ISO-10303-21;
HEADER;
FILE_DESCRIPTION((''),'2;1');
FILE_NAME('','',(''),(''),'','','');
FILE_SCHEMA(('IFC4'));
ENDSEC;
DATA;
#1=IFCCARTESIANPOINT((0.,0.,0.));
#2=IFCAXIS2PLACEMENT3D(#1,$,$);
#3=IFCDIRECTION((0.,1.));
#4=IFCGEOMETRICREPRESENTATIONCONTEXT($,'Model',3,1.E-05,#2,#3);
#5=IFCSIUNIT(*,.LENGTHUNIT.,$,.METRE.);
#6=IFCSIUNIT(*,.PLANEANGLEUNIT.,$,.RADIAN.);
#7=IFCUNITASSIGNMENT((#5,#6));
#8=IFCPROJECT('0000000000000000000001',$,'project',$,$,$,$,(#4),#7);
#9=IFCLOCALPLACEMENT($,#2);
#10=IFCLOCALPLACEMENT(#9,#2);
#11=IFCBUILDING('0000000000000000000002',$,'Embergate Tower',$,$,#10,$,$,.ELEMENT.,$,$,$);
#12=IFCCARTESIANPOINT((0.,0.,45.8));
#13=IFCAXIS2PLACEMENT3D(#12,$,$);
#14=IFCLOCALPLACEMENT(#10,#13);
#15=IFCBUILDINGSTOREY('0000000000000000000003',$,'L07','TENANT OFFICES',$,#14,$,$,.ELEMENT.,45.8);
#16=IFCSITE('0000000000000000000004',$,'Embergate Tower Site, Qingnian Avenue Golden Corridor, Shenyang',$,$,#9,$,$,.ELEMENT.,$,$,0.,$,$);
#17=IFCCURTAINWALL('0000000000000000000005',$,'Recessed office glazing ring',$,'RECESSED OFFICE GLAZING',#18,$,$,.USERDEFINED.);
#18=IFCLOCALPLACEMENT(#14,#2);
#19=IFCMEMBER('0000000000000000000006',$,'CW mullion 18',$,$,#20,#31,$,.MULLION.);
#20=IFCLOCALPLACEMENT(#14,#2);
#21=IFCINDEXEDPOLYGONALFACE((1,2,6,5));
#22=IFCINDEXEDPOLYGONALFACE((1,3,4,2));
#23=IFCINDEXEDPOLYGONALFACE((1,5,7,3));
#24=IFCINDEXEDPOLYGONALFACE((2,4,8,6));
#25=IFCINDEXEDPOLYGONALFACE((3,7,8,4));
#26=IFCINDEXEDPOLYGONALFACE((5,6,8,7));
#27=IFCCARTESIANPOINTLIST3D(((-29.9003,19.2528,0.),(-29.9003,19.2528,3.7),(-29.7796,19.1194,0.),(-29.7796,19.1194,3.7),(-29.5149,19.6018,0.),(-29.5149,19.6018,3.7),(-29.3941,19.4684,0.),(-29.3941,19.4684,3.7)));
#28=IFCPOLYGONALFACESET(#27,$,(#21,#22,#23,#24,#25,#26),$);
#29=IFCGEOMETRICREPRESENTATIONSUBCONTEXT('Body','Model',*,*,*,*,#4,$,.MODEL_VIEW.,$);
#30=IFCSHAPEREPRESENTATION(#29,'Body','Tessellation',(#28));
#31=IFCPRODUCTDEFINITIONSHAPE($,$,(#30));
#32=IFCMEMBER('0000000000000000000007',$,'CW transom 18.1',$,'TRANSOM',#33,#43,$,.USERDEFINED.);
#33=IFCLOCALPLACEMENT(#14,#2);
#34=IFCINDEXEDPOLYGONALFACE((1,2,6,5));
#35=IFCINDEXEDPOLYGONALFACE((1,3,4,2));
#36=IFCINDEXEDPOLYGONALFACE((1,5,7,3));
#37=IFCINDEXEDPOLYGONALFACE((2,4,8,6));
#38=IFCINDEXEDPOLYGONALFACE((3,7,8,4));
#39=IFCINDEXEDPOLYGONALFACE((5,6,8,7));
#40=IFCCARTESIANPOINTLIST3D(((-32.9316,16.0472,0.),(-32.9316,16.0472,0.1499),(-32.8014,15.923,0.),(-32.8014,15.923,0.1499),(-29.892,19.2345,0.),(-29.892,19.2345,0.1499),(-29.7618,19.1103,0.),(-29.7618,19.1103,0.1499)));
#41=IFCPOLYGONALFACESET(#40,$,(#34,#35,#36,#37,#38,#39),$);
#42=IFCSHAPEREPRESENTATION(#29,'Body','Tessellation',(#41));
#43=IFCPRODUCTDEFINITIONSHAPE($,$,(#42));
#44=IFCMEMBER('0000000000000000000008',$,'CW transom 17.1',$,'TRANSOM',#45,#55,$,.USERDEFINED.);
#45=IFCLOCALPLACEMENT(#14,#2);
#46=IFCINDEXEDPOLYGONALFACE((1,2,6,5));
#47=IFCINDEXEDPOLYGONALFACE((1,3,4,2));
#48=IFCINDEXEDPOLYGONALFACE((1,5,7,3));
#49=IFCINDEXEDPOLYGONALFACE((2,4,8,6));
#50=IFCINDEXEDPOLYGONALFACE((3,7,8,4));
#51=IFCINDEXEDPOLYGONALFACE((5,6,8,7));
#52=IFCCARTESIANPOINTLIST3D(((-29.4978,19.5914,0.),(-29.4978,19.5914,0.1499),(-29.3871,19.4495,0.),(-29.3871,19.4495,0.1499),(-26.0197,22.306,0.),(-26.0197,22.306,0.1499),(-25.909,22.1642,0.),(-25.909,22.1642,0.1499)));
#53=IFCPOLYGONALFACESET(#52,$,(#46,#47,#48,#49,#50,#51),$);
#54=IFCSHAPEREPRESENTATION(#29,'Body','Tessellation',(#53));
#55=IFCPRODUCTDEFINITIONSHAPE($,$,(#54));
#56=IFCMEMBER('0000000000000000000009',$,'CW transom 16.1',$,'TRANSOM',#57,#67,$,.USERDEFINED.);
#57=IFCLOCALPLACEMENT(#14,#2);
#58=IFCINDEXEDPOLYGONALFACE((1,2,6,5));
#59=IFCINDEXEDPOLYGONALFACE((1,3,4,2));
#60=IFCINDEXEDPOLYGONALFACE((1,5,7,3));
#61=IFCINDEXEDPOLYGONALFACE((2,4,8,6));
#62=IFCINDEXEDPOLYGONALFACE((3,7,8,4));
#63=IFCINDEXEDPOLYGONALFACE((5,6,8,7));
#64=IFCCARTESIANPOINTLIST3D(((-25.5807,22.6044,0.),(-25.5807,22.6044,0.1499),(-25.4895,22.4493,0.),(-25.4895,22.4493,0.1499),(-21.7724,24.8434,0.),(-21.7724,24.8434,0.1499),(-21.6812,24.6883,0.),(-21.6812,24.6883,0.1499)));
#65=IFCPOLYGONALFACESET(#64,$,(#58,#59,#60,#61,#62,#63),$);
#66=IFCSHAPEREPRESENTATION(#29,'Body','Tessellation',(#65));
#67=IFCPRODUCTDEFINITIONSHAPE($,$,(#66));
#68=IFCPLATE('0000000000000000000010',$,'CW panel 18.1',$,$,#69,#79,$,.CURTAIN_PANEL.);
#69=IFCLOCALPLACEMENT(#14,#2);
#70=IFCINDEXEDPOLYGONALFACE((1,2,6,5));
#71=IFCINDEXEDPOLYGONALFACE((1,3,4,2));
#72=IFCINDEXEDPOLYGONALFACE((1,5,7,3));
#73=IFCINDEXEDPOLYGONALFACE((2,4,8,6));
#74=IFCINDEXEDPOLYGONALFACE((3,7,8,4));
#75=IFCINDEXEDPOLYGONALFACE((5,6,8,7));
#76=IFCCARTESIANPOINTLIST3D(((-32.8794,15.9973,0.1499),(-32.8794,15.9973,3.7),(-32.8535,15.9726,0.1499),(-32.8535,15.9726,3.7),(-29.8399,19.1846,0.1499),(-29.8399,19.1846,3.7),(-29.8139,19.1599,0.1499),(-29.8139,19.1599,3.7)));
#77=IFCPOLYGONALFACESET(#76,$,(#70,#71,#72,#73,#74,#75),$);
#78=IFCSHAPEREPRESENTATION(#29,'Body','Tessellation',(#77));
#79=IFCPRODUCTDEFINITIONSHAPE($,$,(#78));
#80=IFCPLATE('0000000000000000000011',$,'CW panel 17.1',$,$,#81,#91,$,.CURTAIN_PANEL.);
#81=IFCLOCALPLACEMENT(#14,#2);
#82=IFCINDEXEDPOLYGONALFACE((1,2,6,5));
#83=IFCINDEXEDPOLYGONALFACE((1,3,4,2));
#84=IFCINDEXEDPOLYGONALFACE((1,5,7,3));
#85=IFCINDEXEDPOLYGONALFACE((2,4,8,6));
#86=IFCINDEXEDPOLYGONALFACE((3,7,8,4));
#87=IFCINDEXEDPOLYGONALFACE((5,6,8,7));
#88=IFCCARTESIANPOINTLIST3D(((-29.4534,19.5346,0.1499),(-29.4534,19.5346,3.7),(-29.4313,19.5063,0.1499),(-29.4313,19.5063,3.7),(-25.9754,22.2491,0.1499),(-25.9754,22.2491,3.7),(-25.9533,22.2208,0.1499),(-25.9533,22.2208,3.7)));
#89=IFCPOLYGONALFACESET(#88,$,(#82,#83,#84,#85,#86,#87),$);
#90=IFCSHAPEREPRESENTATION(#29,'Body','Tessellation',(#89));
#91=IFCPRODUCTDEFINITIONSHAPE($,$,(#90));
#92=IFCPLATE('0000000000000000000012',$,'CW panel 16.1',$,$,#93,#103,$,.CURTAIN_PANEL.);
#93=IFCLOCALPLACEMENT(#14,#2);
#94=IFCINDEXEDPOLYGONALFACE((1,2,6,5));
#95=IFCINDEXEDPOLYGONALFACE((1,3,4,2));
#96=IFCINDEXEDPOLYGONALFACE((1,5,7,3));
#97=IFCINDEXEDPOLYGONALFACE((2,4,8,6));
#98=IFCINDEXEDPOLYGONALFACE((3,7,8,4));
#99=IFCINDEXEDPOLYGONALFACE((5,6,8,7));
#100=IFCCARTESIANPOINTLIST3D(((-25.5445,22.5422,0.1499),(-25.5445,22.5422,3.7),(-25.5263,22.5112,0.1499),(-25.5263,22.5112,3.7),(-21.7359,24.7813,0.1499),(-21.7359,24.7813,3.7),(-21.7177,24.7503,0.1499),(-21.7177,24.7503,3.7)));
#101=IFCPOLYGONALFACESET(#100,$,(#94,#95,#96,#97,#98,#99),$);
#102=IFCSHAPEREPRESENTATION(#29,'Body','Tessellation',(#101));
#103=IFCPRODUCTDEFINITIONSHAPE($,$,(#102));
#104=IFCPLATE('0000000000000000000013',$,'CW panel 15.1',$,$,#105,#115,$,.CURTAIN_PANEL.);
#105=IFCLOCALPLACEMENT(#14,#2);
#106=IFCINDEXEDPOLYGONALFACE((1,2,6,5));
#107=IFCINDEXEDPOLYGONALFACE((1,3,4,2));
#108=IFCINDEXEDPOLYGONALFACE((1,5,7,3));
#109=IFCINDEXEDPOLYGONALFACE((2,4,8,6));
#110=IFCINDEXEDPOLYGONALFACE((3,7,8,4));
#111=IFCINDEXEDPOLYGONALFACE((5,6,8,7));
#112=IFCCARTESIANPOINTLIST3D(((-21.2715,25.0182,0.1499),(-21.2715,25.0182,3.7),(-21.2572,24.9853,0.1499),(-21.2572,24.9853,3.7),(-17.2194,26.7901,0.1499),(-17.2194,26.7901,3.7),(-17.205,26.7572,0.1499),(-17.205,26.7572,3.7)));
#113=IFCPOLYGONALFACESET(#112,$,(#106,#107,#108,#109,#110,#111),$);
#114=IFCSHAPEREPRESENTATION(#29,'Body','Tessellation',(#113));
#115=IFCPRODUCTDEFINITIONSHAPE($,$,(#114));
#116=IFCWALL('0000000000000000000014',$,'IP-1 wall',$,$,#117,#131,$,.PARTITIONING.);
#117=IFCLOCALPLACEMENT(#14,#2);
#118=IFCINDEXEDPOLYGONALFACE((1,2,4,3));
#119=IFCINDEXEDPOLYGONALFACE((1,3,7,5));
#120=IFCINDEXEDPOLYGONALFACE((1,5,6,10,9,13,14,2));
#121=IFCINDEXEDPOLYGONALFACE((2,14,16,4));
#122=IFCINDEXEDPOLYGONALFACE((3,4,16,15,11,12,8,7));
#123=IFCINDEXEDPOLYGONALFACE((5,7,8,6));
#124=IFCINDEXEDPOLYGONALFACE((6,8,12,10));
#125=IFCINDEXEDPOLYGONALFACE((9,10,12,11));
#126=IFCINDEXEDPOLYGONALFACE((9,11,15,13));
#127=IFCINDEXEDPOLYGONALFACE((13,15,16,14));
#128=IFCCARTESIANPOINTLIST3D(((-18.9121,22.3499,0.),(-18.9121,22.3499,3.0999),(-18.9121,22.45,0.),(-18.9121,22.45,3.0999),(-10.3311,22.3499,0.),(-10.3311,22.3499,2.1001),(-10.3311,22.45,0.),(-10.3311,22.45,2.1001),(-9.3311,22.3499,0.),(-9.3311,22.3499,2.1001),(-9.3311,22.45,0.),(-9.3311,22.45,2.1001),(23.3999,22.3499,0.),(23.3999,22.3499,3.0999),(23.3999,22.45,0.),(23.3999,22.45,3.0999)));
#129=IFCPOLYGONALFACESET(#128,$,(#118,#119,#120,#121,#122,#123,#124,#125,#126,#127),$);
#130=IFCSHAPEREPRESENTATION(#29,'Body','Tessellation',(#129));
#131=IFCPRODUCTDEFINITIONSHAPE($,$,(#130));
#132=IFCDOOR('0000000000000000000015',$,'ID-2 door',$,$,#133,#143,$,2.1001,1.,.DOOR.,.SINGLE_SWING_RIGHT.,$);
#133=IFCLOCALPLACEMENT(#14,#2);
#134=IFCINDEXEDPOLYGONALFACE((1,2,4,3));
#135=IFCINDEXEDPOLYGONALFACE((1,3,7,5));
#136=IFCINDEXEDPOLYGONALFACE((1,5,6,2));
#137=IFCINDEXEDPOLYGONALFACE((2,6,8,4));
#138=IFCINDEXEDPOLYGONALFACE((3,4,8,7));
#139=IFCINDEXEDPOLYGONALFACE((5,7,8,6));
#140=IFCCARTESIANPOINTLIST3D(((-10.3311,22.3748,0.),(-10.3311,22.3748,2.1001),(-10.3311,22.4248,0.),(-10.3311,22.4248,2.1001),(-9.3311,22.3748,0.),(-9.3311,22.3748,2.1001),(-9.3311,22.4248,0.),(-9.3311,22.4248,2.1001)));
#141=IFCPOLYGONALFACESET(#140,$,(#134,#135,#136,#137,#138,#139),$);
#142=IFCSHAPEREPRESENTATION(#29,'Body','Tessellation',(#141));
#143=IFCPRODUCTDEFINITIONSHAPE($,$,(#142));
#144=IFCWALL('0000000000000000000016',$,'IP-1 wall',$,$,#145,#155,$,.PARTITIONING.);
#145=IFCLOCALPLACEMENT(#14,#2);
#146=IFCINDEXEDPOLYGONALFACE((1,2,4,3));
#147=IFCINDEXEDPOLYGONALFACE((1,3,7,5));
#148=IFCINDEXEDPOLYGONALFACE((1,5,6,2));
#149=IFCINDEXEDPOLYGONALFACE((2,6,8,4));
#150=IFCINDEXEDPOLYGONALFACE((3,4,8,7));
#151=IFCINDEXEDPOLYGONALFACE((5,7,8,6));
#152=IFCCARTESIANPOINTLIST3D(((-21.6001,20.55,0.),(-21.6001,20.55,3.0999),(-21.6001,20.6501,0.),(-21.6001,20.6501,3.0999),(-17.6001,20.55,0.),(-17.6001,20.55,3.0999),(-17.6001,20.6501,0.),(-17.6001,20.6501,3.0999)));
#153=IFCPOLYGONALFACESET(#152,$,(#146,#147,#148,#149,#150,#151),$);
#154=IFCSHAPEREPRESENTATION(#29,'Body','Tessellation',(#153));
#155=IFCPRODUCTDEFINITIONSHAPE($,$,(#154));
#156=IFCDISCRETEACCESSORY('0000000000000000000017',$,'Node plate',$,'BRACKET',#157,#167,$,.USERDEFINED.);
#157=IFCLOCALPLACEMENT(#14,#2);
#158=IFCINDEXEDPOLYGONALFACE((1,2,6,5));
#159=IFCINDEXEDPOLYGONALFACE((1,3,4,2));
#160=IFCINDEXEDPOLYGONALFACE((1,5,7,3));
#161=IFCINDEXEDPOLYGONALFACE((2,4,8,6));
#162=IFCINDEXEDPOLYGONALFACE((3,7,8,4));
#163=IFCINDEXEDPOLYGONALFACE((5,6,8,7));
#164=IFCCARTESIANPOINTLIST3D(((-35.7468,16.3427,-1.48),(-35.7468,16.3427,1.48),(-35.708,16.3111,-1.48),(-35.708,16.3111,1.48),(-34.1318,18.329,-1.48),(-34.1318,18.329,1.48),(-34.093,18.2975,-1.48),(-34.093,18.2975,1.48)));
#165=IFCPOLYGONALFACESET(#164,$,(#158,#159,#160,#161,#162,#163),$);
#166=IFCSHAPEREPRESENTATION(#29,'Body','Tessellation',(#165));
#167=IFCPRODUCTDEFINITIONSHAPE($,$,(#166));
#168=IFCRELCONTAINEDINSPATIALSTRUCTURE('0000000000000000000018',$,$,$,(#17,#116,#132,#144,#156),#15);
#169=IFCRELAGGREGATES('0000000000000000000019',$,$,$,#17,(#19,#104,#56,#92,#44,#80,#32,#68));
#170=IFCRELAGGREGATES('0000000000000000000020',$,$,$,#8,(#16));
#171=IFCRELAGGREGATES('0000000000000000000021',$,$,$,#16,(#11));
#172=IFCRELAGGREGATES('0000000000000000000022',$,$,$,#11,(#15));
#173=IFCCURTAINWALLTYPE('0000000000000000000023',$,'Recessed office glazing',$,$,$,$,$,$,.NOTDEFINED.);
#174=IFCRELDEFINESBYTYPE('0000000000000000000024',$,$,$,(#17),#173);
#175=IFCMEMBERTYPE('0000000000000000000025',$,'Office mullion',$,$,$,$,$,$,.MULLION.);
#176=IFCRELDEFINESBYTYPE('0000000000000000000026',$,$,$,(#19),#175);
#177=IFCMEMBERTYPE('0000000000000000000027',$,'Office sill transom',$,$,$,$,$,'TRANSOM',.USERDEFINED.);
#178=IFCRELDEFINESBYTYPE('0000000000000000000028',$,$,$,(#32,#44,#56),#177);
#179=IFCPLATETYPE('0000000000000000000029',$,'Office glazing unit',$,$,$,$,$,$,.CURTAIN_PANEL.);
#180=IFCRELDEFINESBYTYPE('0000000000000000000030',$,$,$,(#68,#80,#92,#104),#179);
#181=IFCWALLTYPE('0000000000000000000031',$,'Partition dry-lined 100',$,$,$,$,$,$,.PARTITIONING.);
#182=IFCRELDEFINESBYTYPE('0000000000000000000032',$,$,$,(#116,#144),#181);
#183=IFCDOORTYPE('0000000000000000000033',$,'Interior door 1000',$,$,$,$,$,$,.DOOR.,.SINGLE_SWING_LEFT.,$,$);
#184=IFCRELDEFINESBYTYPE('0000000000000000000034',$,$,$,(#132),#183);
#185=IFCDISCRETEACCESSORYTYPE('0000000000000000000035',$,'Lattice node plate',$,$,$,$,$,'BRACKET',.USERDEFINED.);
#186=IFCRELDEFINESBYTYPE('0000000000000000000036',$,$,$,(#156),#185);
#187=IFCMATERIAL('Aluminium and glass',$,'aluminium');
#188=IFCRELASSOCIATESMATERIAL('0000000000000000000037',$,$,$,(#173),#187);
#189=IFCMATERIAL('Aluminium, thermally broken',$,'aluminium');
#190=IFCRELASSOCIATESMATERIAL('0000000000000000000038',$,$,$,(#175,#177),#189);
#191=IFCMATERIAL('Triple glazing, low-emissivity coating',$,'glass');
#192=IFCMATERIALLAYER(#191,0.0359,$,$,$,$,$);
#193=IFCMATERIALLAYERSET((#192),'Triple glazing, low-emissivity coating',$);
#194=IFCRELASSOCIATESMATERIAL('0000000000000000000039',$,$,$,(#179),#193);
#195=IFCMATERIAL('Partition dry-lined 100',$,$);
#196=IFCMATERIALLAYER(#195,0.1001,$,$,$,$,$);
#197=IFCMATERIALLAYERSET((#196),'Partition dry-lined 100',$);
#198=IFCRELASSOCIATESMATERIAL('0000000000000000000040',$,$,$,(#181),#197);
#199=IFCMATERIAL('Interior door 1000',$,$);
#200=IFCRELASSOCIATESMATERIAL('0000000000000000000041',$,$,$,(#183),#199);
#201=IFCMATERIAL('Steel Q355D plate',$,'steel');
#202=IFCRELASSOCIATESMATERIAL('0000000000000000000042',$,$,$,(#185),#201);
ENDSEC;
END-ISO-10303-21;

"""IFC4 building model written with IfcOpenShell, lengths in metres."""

from ifc_helpers import new_model, si_unit, direction, frame, frame_2d, origin, origin_2d, place, context, subcontext, project, spatial, rectangle, extrude, source, transform, mapped, material, layer, layer_set, material_profile, profile_set, type_object, element, fill, aggregate, save


model = new_model("IFC4")

# Units and contexts
model_context = context("Model", 3, precision=1e-05, world=origin(), true_north=direction((0.0, 1.0)))
body_context = subcontext(model_context, "Body", "Model", "MODEL_VIEW")
ifc_project = project(units=[si_unit("LENGTHUNIT", "METRE"), si_unit("PLANEANGLEUNIT", "RADIAN")], contexts=[model_context])

# Site, building, storey
site_placement = place(None, origin())
site = spatial("IfcSite", under=ifc_project, at=site_placement, Name="Embergate Tower Site, Qingnian Avenue Golden Corridor, Shenyang", CompositionType="ELEMENT", RefElevation=0.0)
building_placement = place(site_placement, origin())
building = spatial("IfcBuilding", under=site, at=building_placement, Name="Embergate Tower", CompositionType="ELEMENT")
storey_placement = place(building_placement, frame((0.0, 0.0, 45.8)))
storey = spatial("IfcBuildingStorey", under=building, at=storey_placement, Name="L07", Description="TENANT OFFICES", CompositionType="ELEMENT", Elevation=45.8)

# Curtain wall, members, plates
ifc_material_1 = material(Name="Aluminium and glass", Category="aluminium")
curtain_wall_type = type_object("IfcCurtainWallType", Name="Recessed office glazing", PredefinedType="NOTDEFINED", material=ifc_material_1)
curtain_wall_placement = place(storey_placement, origin())
curtain_wall = element("IfcCurtainWall", 1, at=curtain_wall_placement, inside=storey, type_object=curtain_wall_type, Name="Recessed office glazing ring", ObjectType="RECESSED OFFICE GLAZING", PredefinedType="USERDEFINED")
ifc_material_2 = material(Name="Aluminium, thermally broken", Category="aluminium")
ifc_material_profile_1 = material_profile(ifc_material_2, rectangle(XDim=0.1799, YDim=0.52, at=origin_2d()), Name="AL 520x180")
ifc_profile_set_1 = profile_set([ifc_material_profile_1], Name="Aluminium, thermally broken")
member_type_1 = type_object("IfcMemberType", Name="Office mullion", PredefinedType="MULLION", material=ifc_profile_set_1)
shared_shape_1 = source(origin(), body_context, "Body", "SweptSolid", [
    extrude(rectangle(XDim=0.1799, YDim=0.52, at=origin_2d()), origin(), (0.0, 0.0, 1.0), 3.7),
])
member_1_placement = place(storey_placement, frame((-29.6472, 19.3606, 0.0), z_axis=(0.0, 0.0, 1.0), x_axis=(0.671229, -0.74125, 0.0)))
member_1 = element("IfcMember", 2, at=member_1_placement, type_object=member_type_1, Name="CW mullion 18", PredefinedType="MULLION", context=body_context, shape_type="MappedRepresentation", body=[
    mapped(shared_shape_1, transform((0.0, 0.0, 0.0))),
])
ifc_material_profile_2 = material_profile(ifc_material_2, rectangle(XDim=0.1799, YDim=0.1499, at=origin_2d()), Name="AL 150x180")
ifc_profile_set_2 = profile_set([ifc_material_profile_2], Name="Aluminium, thermally broken")
member_type_2 = type_object("IfcMemberType", Name="Office sill transom", ElementType="TRANSOM", PredefinedType="USERDEFINED", material=ifc_profile_set_2)
shared_shape_2 = source(origin(), body_context, "Body", "SweptSolid", [
    extrude(rectangle(XDim=0.1799, YDim=0.1499, at=origin_2d()), origin(), (0.0, 0.0, 1.0), 4.4043),
])
member_2_placement = place(storey_placement, frame((-29.8269, 19.1724, 0.075), z_axis=(-0.690139, -0.723676, 0.0), x_axis=(0.723676, -0.690139, 0.0)))
member_2 = element("IfcMember", 3, at=member_2_placement, type_object=member_type_2, Name="CW transom 18.1", ObjectType="TRANSOM", PredefinedType="USERDEFINED", context=body_context, shape_type="MappedRepresentation", body=[
    mapped(shared_shape_2, transform((0.0, 0.0, 0.0))),
])
shared_shape_3 = source(origin(), body_context, "Body", "SweptSolid", [
    extrude(rectangle(XDim=0.1799, YDim=0.1499, at=origin_2d()), origin(), (0.0, 0.0, 1.0), 4.4121),
])
member_3_placement = place(storey_placement, frame((-25.9644, 22.2351, 0.075), z_axis=(-0.788311, -0.615277, 0.0), x_axis=(0.615277, -0.788311, 0.0)))
member_3 = element("IfcMember", 4, at=member_3_placement, type_object=member_type_2, Name="CW transom 17.1", ObjectType="TRANSOM", PredefinedType="USERDEFINED", context=body_context, shape_type="MappedRepresentation", body=[
    mapped(shared_shape_3, transform((0.0, 0.0, 0.0))),
])
shared_shape_4 = source(origin(), body_context, "Body", "SweptSolid", [
    extrude(rectangle(XDim=0.1799, YDim=0.1499, at=origin_2d()), origin(), (0.0, 0.0, 1.0), 4.4177),
])
member_4_placement = place(storey_placement, frame((-21.7268, 24.7659, 0.075), z_axis=(-0.862052, -0.50682, 0.0), x_axis=(0.50682, -0.862052, 0.0)))
member_4 = element("IfcMember", 5, at=member_4_placement, type_object=member_type_2, Name="CW transom 16.1", ObjectType="TRANSOM", PredefinedType="USERDEFINED", context=body_context, shape_type="MappedRepresentation", body=[
    mapped(shared_shape_4, transform((0.0, 0.0, 0.0))),
])
ifc_material_3 = material(Name="Triple glazing, low-emissivity coating", Category="glass")
ifc_layer_1 = layer(ifc_material_3, 0.0359)
ifc_layer_set_1 = layer_set([ifc_layer_1], Name="Triple glazing, low-emissivity coating")
plate_type = type_object("IfcPlateType", Name="Office glazing unit", PredefinedType="CURTAIN_PANEL", material=ifc_layer_set_1)
shared_shape_5 = source(origin(), body_context, "Body", "SweptSolid", [
    extrude(rectangle(XDim=4.4043, YDim=0.0359, at=origin_2d()), origin(), (0.0, 0.0, 1.0), 3.55),
])
plate_1_placement = place(storey_placement, frame((-31.3467, 17.5786, 0.1499), z_axis=(0.0, 0.0, 1.0), x_axis=(-0.690135, -0.723681, 0.0)))
plate_1 = element("IfcPlate", 6, at=plate_1_placement, type_object=plate_type, Name="CW panel 18.1", PredefinedType="CURTAIN_PANEL", context=body_context, shape_type="MappedRepresentation", body=[
    mapped(shared_shape_5, transform((0.0, 0.0, 0.0))),
])
shared_shape_6 = source(origin(), body_context, "Body", "SweptSolid", [
    extrude(rectangle(XDim=4.4119, YDim=0.0359, at=origin_2d()), origin(), (0.0, 0.0, 1.0), 3.55),
])
plate_2_placement = place(storey_placement, frame((-27.7034, 20.8777, 0.1499), z_axis=(0.0, 0.0, 1.0), x_axis=(-0.78832, -0.615265, 0.0)))
plate_2 = element("IfcPlate", 7, at=plate_2_placement, type_object=plate_type, Name="CW panel 17.1", PredefinedType="CURTAIN_PANEL", context=body_context, shape_type="MappedRepresentation", body=[
    mapped(shared_shape_6, transform((0.0, 0.0, 0.0))),
])
shared_shape_7 = source(origin(), body_context, "Body", "SweptSolid", [
    extrude(rectangle(XDim=4.418, YDim=0.0359, at=origin_2d()), origin(), (0.0, 0.0, 1.0), 3.55),
])
plate_3_placement = place(storey_placement, frame((-23.6311, 23.6462, 0.1499), z_axis=(0.0, 0.0, 1.0), x_axis=(-0.862053, -0.506818, 0.0)))
plate_3 = element("IfcPlate", 8, at=plate_3_placement, type_object=plate_type, Name="CW panel 16.1", PredefinedType="CURTAIN_PANEL", context=body_context, shape_type="MappedRepresentation", body=[
    mapped(shared_shape_7, transform((0.0, 0.0, 0.0))),
])
shared_shape_8 = source(origin(), body_context, "Body", "SweptSolid", [
    extrude(rectangle(XDim=4.4226, YDim=0.0359, at=origin_2d()), origin(), (0.0, 0.0, 1.0), 3.55),
])
plate_4_placement = place(storey_placement, frame((-19.2383, 25.8877, 0.1499), z_axis=(0.0, 0.0, 1.0), x_axis=(-0.916236, -0.400638, 0.0)))
plate_4 = element("IfcPlate", 9, at=plate_4_placement, type_object=plate_type, Name="CW panel 15.1", PredefinedType="CURTAIN_PANEL", context=body_context, shape_type="MappedRepresentation", body=[
    mapped(shared_shape_8, transform((0.0, 0.0, 0.0))),
])
aggregate(curtain_wall, [member_1, plate_4, member_4, plate_3, member_3, plate_2, member_2, plate_1])

# Wall, opening, door
ifc_material_4 = material(Name="Partition dry-lined 100")
ifc_layer_2 = layer(ifc_material_4, 0.1001)
ifc_layer_set_2 = layer_set([ifc_layer_2], Name="Partition dry-lined 100")
wall_type = type_object("IfcWallType", Name="Partition dry-lined 100", PredefinedType="PARTITIONING", material=ifc_layer_set_2)
shared_shape_9 = source(origin(), body_context, "Body", "SweptSolid", [
    extrude(rectangle(XDim=42.312, YDim=0.1001, at=frame_2d((21.156, 0.0))), origin(), (0.0, 0.0, 1.0), 3.0999),
])
wall_1_placement = place(storey_placement, frame((-18.9121, 22.3999, 0.0), z_axis=(0.0, 0.0, 1.0), x_axis=(1.0, 0.0, 0.0)))
wall_1 = element("IfcWall", 10, at=wall_1_placement, inside=storey, type_object=wall_type, Name="IP-1 wall", PredefinedType="PARTITIONING", context=body_context, shape_type="MappedRepresentation", body=[
    mapped(shared_shape_9, transform((0.0, 0.0, 0.0))),
])
shared_shape_10 = source(origin(), body_context, "Body", "SweptSolid", [
    extrude(rectangle(XDim=1.0, YDim=2.1001, at=frame_2d((0.5, 1.05))), frame((0.0, 0.0601, 0.0), z_axis=(0.0, -1.0, 0.0), x_axis=(1.0, 0.0, 0.0)), (0.0, 0.0, 1.0), 0.1201),
])
opening_placement = place(wall_1_placement, frame((8.5811, 0.0, 0.0)))
opening = element("IfcOpeningElement", 11, at=opening_placement, cuts=wall_1, PredefinedType="OPENING", context=body_context, shape_type="MappedRepresentation", body=[
    mapped(shared_shape_10, transform((0.0, 0.0, 0.0))),
])
ifc_material_5 = material(Name="Interior door 1000")
door_type = type_object("IfcDoorType", Name="Interior door 1000", OperationType="SINGLE_SWING_LEFT", PredefinedType="DOOR", material=ifc_material_5)
shared_shape_11 = source(origin(), body_context, "Body", "SweptSolid", [
    extrude(rectangle(XDim=1.0, YDim=2.1001, at=frame_2d((0.5, 1.05))), frame((0.0, 0.0249, 0.0), z_axis=(0.0, -1.0, 0.0), x_axis=(1.0, 0.0, 0.0)), (0.0, 0.0, 1.0), 0.05),
])
door_placement = place(opening_placement, origin())
door = element("IfcDoor", 12, at=door_placement, inside=storey, type_object=door_type, Name="ID-2 door", OperationType="SINGLE_SWING_RIGHT", OverallHeight=2.1001, OverallWidth=1.0, PredefinedType="DOOR", context=body_context, shape_type="MappedRepresentation", body=[
    mapped(shared_shape_11, transform((0.0, 0.0, 0.0))),
])
fill(opening, door)

# Wall
shared_shape_12 = source(origin(), body_context, "Body", "SweptSolid", [
    extrude(rectangle(XDim=4.0, YDim=0.1001, at=frame_2d((2.0, 0.0))), origin(), (0.0, 0.0, 1.0), 3.0999),
])
wall_2_placement = place(storey_placement, frame((-21.6001, 20.6001, 0.0), z_axis=(0.0, 0.0, 1.0), x_axis=(1.0, 0.0, 0.0)))
element("IfcWall", 13, at=wall_2_placement, inside=storey, type_object=wall_type, Name="IP-1 wall", PredefinedType="PARTITIONING", context=body_context, shape_type="MappedRepresentation", body=[
    mapped(shared_shape_12, transform((0.0, 0.0, 0.0))),
])

# Discrete accessory
ifc_material_6 = material(Name="Steel Q355D plate", Category="steel")
discrete_accessory_type = type_object("IfcDiscreteAccessoryType", Name="Lattice node plate", ElementType="BRACKET", PredefinedType="USERDEFINED", material=ifc_material_6)
shared_shape_13 = source(origin(), body_context, "Body", "SweptSolid", [
    extrude(rectangle(XDim=2.5601, YDim=0.05, at=origin_2d()), origin(), (0.0, 0.0, 1.0), 2.96),
])
discrete_accessory_placement = place(storey_placement, frame((-34.9199, 17.3201, -1.48), z_axis=(0.0, 0.0, 1.0), x_axis=(-0.630838, -0.775914, 0.0)))
element("IfcDiscreteAccessory", 14, at=discrete_accessory_placement, inside=storey, type_object=discrete_accessory_type, Name="Node plate", ObjectType="BRACKET", PredefinedType="USERDEFINED", context=body_context, shape_type="MappedRepresentation", body=[
    mapped(shared_shape_13, transform((0.0, 0.0, 0.0))),
])

save(model, "model.ifc")
